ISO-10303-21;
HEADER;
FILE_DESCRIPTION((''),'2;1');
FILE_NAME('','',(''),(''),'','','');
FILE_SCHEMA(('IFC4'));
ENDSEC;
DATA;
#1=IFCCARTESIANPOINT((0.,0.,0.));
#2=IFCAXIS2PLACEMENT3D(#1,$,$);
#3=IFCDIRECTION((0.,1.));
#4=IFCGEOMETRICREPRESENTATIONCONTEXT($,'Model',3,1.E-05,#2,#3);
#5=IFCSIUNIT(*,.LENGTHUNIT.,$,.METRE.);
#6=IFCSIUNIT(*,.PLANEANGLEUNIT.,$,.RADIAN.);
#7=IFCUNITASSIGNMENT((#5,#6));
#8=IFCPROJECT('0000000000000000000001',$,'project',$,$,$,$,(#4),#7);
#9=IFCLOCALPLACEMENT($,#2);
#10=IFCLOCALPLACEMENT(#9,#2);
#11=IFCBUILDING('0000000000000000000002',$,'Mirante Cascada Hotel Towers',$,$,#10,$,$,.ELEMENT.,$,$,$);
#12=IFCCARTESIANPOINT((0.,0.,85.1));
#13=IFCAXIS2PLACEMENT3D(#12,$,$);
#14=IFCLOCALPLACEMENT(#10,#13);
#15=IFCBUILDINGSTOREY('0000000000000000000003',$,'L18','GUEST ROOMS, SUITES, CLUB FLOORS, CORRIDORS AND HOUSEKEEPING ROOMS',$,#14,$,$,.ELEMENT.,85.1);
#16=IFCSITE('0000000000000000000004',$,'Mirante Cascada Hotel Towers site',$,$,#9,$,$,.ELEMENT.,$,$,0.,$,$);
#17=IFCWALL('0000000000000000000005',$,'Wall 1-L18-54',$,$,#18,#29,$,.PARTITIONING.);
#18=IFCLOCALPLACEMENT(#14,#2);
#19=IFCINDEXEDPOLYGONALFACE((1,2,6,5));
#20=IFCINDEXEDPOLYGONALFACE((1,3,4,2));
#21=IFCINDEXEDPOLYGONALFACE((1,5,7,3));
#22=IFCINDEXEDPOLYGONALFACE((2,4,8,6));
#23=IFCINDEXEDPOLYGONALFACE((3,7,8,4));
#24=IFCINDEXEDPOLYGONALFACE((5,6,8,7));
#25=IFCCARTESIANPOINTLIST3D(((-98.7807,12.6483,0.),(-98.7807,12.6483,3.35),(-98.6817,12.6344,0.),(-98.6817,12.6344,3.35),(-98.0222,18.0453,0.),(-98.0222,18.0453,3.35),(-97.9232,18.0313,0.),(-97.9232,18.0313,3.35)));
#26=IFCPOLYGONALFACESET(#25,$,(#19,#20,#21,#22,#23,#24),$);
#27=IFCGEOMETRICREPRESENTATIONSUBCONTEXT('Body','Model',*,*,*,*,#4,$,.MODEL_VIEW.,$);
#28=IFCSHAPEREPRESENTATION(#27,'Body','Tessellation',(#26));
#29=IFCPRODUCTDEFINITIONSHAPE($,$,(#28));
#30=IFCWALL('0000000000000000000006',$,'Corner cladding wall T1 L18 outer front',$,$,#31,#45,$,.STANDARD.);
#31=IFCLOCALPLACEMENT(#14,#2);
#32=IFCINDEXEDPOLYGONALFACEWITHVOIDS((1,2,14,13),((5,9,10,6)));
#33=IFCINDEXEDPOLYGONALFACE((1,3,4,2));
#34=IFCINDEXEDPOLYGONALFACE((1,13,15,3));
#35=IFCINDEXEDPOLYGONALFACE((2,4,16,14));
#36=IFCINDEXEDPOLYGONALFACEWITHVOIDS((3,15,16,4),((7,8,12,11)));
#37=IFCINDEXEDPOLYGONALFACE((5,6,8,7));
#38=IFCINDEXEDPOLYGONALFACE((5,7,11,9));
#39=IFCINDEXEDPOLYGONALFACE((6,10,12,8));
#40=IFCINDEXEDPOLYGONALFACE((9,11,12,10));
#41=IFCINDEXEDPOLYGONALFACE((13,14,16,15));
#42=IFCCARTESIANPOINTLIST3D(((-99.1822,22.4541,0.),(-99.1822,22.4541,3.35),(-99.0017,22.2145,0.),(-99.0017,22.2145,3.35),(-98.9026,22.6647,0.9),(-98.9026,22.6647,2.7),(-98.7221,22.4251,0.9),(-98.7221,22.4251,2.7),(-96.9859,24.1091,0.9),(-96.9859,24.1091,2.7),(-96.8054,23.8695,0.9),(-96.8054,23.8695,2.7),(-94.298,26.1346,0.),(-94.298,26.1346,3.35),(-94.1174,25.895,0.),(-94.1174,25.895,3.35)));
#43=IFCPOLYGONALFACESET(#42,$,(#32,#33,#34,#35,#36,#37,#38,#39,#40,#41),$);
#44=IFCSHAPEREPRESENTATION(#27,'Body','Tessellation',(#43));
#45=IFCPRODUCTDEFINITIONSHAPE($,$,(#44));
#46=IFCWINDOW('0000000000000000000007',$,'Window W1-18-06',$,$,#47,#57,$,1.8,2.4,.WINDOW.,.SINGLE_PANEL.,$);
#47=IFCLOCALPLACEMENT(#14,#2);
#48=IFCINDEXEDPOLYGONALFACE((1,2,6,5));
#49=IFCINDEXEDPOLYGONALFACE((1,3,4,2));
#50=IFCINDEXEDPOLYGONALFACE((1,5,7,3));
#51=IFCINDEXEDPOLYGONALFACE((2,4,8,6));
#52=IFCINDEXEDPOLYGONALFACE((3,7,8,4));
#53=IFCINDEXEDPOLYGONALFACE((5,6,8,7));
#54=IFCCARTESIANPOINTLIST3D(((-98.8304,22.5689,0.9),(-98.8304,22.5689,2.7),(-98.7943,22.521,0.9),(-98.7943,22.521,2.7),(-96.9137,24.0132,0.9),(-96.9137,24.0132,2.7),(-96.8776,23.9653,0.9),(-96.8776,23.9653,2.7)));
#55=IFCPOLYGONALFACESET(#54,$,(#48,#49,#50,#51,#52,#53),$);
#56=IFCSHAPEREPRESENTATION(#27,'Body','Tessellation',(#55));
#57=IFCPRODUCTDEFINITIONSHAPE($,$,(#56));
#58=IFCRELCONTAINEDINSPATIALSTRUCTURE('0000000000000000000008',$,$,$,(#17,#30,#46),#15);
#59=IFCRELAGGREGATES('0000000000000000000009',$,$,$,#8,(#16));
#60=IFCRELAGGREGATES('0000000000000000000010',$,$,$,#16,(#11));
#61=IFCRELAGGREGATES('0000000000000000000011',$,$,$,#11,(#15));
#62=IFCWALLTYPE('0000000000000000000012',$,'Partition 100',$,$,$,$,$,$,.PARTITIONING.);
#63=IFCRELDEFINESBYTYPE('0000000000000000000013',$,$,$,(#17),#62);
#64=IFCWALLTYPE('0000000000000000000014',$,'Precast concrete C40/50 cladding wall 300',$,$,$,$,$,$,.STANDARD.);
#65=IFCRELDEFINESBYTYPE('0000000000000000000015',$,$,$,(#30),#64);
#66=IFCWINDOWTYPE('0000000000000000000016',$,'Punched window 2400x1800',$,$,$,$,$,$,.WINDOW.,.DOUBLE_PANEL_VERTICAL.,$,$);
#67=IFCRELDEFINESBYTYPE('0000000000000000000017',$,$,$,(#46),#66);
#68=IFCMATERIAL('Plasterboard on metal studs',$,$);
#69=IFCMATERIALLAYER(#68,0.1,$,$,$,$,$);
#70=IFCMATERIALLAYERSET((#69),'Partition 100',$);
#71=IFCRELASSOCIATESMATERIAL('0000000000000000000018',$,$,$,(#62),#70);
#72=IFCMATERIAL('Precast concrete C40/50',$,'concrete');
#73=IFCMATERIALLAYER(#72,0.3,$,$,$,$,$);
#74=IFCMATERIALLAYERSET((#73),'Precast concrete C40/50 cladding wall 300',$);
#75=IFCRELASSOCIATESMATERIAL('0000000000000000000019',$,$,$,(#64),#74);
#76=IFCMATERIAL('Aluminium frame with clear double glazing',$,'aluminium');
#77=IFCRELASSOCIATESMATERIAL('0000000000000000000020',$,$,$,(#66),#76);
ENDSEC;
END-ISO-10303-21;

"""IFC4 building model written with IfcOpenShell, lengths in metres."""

from ifc_helpers import new_model, si_unit, direction, frame, frame_2d, origin, place, context, subcontext, project, spatial, rectangle, extrude, material, layer, layer_set, type_object, element, fill, save


model = new_model("IFC4")

# Units and contexts
model_context = context("Model", 3, precision=1e-05, world=origin(), true_north=direction((0.0, 1.0)))
body_context = subcontext(model_context, "Body", "Model", "MODEL_VIEW")
ifc_project = project(units=[si_unit("LENGTHUNIT", "METRE"), si_unit("PLANEANGLEUNIT", "RADIAN")], contexts=[model_context])

# Site, building, storey
site_placement = place(None, origin())
site = spatial("IfcSite", under=ifc_project, at=site_placement, Name="Mirante Cascada Hotel Towers site", CompositionType="ELEMENT", RefElevation=0.0)
building_placement = place(site_placement, origin())
building = spatial("IfcBuilding", under=site, at=building_placement, Name="Mirante Cascada Hotel Towers", CompositionType="ELEMENT")
storey_placement = place(building_placement, frame((0.0, 0.0, 85.1)))
storey = spatial("IfcBuildingStorey", under=building, at=storey_placement, Name="L18", Description="GUEST ROOMS, SUITES, CLUB FLOORS, CORRIDORS AND HOUSEKEEPING ROOMS", CompositionType="ELEMENT", Elevation=85.1)

# Wall
ifc_material_1 = material(Name="Plasterboard on metal studs")
ifc_layer_1 = layer(ifc_material_1, 0.1)
ifc_layer_set_1 = layer_set([ifc_layer_1], Name="Partition 100")
wall_type_1 = type_object("IfcWallType", Name="Partition 100", PredefinedType="PARTITIONING", material=ifc_layer_set_1)
wall_1_placement = place(storey_placement, frame((-97.9727, 18.0383, 0.0), z_axis=(0.0, 0.0, 1.0), x_axis=(-0.139173, -0.990268, 0.0)))
element("IfcWall", 1, at=wall_1_placement, inside=storey, type_object=wall_type_1, Name="Wall 1-L18-54", PredefinedType="PARTITIONING", context=body_context, shape_type="SweptSolid", body=[
    extrude(rectangle(XDim=5.45, YDim=0.1, at=frame_2d((2.725, 0.0))), origin(), (0.0, 0.0, 1.0), 3.35),
])

# Wall, opening, window
ifc_material_2 = material(Name="Precast concrete C40/50", Category="concrete")
ifc_layer_2 = layer(ifc_material_2, 0.3)
ifc_layer_set_2 = layer_set([ifc_layer_2], Name="Precast concrete C40/50 cladding wall 300")
wall_type_2 = type_object("IfcWallType", Name="Precast concrete C40/50 cladding wall 300", PredefinedType="STANDARD", material=ifc_layer_set_2)
wall_2_placement = place(storey_placement, frame((-99.0919, 22.3343, 0.0), z_axis=(0.0, 0.0, 1.0), x_axis=(0.798636, 0.601814, 0.0)))
wall_2 = element("IfcWall", 2, at=wall_2_placement, inside=storey, type_object=wall_type_2, Name="Corner cladding wall T1 L18 outer front", PredefinedType="STANDARD", context=body_context, shape_type="SweptSolid", body=[
    extrude(rectangle(XDim=6.1157, YDim=0.3, at=frame_2d((3.0578, 0.0))), origin(), (0.0, 0.0, 1.0), 3.35),
])
opening_placement = place(wall_2_placement, frame((0.35, 0.0, 0.9)))
opening = element("IfcOpeningElement", 3, at=opening_placement, cuts=wall_2, PredefinedType="OPENING", context=body_context, shape_type="SweptSolid", body=[
    extrude(rectangle(XDim=2.4, YDim=1.8, at=frame_2d((1.2, 0.9))), frame((0.0, 0.15, 0.0), z_axis=(0.0, -1.0, 0.0), x_axis=(1.0, 0.0, 0.0)), (0.0, 0.0, 1.0), 0.3),
])
ifc_material_3 = material(Name="Aluminium frame with clear double glazing", Category="aluminium")
window_type = type_object("IfcWindowType", Name="Punched window 2400x1800", PartitioningType="DOUBLE_PANEL_VERTICAL", PredefinedType="WINDOW", material=ifc_material_3)
window_placement = place(opening_placement, origin())
window = element("IfcWindow", 4, at=window_placement, inside=storey, type_object=window_type, Name="Window W1-18-06", OverallHeight=1.8, OverallWidth=2.4, PartitioningType="SINGLE_PANEL", PredefinedType="WINDOW", context=body_context, shape_type="SweptSolid", body=[
    extrude(rectangle(XDim=2.4, YDim=1.8, at=frame_2d((1.2, 0.9))), frame((0.0, 0.03, 0.0), z_axis=(0.0, -1.0, 0.0), x_axis=(1.0, 0.0, 0.0)), (0.0, 0.0, 1.0), 0.06),
])
fill(opening, window)

save(model, "model.ifc")
